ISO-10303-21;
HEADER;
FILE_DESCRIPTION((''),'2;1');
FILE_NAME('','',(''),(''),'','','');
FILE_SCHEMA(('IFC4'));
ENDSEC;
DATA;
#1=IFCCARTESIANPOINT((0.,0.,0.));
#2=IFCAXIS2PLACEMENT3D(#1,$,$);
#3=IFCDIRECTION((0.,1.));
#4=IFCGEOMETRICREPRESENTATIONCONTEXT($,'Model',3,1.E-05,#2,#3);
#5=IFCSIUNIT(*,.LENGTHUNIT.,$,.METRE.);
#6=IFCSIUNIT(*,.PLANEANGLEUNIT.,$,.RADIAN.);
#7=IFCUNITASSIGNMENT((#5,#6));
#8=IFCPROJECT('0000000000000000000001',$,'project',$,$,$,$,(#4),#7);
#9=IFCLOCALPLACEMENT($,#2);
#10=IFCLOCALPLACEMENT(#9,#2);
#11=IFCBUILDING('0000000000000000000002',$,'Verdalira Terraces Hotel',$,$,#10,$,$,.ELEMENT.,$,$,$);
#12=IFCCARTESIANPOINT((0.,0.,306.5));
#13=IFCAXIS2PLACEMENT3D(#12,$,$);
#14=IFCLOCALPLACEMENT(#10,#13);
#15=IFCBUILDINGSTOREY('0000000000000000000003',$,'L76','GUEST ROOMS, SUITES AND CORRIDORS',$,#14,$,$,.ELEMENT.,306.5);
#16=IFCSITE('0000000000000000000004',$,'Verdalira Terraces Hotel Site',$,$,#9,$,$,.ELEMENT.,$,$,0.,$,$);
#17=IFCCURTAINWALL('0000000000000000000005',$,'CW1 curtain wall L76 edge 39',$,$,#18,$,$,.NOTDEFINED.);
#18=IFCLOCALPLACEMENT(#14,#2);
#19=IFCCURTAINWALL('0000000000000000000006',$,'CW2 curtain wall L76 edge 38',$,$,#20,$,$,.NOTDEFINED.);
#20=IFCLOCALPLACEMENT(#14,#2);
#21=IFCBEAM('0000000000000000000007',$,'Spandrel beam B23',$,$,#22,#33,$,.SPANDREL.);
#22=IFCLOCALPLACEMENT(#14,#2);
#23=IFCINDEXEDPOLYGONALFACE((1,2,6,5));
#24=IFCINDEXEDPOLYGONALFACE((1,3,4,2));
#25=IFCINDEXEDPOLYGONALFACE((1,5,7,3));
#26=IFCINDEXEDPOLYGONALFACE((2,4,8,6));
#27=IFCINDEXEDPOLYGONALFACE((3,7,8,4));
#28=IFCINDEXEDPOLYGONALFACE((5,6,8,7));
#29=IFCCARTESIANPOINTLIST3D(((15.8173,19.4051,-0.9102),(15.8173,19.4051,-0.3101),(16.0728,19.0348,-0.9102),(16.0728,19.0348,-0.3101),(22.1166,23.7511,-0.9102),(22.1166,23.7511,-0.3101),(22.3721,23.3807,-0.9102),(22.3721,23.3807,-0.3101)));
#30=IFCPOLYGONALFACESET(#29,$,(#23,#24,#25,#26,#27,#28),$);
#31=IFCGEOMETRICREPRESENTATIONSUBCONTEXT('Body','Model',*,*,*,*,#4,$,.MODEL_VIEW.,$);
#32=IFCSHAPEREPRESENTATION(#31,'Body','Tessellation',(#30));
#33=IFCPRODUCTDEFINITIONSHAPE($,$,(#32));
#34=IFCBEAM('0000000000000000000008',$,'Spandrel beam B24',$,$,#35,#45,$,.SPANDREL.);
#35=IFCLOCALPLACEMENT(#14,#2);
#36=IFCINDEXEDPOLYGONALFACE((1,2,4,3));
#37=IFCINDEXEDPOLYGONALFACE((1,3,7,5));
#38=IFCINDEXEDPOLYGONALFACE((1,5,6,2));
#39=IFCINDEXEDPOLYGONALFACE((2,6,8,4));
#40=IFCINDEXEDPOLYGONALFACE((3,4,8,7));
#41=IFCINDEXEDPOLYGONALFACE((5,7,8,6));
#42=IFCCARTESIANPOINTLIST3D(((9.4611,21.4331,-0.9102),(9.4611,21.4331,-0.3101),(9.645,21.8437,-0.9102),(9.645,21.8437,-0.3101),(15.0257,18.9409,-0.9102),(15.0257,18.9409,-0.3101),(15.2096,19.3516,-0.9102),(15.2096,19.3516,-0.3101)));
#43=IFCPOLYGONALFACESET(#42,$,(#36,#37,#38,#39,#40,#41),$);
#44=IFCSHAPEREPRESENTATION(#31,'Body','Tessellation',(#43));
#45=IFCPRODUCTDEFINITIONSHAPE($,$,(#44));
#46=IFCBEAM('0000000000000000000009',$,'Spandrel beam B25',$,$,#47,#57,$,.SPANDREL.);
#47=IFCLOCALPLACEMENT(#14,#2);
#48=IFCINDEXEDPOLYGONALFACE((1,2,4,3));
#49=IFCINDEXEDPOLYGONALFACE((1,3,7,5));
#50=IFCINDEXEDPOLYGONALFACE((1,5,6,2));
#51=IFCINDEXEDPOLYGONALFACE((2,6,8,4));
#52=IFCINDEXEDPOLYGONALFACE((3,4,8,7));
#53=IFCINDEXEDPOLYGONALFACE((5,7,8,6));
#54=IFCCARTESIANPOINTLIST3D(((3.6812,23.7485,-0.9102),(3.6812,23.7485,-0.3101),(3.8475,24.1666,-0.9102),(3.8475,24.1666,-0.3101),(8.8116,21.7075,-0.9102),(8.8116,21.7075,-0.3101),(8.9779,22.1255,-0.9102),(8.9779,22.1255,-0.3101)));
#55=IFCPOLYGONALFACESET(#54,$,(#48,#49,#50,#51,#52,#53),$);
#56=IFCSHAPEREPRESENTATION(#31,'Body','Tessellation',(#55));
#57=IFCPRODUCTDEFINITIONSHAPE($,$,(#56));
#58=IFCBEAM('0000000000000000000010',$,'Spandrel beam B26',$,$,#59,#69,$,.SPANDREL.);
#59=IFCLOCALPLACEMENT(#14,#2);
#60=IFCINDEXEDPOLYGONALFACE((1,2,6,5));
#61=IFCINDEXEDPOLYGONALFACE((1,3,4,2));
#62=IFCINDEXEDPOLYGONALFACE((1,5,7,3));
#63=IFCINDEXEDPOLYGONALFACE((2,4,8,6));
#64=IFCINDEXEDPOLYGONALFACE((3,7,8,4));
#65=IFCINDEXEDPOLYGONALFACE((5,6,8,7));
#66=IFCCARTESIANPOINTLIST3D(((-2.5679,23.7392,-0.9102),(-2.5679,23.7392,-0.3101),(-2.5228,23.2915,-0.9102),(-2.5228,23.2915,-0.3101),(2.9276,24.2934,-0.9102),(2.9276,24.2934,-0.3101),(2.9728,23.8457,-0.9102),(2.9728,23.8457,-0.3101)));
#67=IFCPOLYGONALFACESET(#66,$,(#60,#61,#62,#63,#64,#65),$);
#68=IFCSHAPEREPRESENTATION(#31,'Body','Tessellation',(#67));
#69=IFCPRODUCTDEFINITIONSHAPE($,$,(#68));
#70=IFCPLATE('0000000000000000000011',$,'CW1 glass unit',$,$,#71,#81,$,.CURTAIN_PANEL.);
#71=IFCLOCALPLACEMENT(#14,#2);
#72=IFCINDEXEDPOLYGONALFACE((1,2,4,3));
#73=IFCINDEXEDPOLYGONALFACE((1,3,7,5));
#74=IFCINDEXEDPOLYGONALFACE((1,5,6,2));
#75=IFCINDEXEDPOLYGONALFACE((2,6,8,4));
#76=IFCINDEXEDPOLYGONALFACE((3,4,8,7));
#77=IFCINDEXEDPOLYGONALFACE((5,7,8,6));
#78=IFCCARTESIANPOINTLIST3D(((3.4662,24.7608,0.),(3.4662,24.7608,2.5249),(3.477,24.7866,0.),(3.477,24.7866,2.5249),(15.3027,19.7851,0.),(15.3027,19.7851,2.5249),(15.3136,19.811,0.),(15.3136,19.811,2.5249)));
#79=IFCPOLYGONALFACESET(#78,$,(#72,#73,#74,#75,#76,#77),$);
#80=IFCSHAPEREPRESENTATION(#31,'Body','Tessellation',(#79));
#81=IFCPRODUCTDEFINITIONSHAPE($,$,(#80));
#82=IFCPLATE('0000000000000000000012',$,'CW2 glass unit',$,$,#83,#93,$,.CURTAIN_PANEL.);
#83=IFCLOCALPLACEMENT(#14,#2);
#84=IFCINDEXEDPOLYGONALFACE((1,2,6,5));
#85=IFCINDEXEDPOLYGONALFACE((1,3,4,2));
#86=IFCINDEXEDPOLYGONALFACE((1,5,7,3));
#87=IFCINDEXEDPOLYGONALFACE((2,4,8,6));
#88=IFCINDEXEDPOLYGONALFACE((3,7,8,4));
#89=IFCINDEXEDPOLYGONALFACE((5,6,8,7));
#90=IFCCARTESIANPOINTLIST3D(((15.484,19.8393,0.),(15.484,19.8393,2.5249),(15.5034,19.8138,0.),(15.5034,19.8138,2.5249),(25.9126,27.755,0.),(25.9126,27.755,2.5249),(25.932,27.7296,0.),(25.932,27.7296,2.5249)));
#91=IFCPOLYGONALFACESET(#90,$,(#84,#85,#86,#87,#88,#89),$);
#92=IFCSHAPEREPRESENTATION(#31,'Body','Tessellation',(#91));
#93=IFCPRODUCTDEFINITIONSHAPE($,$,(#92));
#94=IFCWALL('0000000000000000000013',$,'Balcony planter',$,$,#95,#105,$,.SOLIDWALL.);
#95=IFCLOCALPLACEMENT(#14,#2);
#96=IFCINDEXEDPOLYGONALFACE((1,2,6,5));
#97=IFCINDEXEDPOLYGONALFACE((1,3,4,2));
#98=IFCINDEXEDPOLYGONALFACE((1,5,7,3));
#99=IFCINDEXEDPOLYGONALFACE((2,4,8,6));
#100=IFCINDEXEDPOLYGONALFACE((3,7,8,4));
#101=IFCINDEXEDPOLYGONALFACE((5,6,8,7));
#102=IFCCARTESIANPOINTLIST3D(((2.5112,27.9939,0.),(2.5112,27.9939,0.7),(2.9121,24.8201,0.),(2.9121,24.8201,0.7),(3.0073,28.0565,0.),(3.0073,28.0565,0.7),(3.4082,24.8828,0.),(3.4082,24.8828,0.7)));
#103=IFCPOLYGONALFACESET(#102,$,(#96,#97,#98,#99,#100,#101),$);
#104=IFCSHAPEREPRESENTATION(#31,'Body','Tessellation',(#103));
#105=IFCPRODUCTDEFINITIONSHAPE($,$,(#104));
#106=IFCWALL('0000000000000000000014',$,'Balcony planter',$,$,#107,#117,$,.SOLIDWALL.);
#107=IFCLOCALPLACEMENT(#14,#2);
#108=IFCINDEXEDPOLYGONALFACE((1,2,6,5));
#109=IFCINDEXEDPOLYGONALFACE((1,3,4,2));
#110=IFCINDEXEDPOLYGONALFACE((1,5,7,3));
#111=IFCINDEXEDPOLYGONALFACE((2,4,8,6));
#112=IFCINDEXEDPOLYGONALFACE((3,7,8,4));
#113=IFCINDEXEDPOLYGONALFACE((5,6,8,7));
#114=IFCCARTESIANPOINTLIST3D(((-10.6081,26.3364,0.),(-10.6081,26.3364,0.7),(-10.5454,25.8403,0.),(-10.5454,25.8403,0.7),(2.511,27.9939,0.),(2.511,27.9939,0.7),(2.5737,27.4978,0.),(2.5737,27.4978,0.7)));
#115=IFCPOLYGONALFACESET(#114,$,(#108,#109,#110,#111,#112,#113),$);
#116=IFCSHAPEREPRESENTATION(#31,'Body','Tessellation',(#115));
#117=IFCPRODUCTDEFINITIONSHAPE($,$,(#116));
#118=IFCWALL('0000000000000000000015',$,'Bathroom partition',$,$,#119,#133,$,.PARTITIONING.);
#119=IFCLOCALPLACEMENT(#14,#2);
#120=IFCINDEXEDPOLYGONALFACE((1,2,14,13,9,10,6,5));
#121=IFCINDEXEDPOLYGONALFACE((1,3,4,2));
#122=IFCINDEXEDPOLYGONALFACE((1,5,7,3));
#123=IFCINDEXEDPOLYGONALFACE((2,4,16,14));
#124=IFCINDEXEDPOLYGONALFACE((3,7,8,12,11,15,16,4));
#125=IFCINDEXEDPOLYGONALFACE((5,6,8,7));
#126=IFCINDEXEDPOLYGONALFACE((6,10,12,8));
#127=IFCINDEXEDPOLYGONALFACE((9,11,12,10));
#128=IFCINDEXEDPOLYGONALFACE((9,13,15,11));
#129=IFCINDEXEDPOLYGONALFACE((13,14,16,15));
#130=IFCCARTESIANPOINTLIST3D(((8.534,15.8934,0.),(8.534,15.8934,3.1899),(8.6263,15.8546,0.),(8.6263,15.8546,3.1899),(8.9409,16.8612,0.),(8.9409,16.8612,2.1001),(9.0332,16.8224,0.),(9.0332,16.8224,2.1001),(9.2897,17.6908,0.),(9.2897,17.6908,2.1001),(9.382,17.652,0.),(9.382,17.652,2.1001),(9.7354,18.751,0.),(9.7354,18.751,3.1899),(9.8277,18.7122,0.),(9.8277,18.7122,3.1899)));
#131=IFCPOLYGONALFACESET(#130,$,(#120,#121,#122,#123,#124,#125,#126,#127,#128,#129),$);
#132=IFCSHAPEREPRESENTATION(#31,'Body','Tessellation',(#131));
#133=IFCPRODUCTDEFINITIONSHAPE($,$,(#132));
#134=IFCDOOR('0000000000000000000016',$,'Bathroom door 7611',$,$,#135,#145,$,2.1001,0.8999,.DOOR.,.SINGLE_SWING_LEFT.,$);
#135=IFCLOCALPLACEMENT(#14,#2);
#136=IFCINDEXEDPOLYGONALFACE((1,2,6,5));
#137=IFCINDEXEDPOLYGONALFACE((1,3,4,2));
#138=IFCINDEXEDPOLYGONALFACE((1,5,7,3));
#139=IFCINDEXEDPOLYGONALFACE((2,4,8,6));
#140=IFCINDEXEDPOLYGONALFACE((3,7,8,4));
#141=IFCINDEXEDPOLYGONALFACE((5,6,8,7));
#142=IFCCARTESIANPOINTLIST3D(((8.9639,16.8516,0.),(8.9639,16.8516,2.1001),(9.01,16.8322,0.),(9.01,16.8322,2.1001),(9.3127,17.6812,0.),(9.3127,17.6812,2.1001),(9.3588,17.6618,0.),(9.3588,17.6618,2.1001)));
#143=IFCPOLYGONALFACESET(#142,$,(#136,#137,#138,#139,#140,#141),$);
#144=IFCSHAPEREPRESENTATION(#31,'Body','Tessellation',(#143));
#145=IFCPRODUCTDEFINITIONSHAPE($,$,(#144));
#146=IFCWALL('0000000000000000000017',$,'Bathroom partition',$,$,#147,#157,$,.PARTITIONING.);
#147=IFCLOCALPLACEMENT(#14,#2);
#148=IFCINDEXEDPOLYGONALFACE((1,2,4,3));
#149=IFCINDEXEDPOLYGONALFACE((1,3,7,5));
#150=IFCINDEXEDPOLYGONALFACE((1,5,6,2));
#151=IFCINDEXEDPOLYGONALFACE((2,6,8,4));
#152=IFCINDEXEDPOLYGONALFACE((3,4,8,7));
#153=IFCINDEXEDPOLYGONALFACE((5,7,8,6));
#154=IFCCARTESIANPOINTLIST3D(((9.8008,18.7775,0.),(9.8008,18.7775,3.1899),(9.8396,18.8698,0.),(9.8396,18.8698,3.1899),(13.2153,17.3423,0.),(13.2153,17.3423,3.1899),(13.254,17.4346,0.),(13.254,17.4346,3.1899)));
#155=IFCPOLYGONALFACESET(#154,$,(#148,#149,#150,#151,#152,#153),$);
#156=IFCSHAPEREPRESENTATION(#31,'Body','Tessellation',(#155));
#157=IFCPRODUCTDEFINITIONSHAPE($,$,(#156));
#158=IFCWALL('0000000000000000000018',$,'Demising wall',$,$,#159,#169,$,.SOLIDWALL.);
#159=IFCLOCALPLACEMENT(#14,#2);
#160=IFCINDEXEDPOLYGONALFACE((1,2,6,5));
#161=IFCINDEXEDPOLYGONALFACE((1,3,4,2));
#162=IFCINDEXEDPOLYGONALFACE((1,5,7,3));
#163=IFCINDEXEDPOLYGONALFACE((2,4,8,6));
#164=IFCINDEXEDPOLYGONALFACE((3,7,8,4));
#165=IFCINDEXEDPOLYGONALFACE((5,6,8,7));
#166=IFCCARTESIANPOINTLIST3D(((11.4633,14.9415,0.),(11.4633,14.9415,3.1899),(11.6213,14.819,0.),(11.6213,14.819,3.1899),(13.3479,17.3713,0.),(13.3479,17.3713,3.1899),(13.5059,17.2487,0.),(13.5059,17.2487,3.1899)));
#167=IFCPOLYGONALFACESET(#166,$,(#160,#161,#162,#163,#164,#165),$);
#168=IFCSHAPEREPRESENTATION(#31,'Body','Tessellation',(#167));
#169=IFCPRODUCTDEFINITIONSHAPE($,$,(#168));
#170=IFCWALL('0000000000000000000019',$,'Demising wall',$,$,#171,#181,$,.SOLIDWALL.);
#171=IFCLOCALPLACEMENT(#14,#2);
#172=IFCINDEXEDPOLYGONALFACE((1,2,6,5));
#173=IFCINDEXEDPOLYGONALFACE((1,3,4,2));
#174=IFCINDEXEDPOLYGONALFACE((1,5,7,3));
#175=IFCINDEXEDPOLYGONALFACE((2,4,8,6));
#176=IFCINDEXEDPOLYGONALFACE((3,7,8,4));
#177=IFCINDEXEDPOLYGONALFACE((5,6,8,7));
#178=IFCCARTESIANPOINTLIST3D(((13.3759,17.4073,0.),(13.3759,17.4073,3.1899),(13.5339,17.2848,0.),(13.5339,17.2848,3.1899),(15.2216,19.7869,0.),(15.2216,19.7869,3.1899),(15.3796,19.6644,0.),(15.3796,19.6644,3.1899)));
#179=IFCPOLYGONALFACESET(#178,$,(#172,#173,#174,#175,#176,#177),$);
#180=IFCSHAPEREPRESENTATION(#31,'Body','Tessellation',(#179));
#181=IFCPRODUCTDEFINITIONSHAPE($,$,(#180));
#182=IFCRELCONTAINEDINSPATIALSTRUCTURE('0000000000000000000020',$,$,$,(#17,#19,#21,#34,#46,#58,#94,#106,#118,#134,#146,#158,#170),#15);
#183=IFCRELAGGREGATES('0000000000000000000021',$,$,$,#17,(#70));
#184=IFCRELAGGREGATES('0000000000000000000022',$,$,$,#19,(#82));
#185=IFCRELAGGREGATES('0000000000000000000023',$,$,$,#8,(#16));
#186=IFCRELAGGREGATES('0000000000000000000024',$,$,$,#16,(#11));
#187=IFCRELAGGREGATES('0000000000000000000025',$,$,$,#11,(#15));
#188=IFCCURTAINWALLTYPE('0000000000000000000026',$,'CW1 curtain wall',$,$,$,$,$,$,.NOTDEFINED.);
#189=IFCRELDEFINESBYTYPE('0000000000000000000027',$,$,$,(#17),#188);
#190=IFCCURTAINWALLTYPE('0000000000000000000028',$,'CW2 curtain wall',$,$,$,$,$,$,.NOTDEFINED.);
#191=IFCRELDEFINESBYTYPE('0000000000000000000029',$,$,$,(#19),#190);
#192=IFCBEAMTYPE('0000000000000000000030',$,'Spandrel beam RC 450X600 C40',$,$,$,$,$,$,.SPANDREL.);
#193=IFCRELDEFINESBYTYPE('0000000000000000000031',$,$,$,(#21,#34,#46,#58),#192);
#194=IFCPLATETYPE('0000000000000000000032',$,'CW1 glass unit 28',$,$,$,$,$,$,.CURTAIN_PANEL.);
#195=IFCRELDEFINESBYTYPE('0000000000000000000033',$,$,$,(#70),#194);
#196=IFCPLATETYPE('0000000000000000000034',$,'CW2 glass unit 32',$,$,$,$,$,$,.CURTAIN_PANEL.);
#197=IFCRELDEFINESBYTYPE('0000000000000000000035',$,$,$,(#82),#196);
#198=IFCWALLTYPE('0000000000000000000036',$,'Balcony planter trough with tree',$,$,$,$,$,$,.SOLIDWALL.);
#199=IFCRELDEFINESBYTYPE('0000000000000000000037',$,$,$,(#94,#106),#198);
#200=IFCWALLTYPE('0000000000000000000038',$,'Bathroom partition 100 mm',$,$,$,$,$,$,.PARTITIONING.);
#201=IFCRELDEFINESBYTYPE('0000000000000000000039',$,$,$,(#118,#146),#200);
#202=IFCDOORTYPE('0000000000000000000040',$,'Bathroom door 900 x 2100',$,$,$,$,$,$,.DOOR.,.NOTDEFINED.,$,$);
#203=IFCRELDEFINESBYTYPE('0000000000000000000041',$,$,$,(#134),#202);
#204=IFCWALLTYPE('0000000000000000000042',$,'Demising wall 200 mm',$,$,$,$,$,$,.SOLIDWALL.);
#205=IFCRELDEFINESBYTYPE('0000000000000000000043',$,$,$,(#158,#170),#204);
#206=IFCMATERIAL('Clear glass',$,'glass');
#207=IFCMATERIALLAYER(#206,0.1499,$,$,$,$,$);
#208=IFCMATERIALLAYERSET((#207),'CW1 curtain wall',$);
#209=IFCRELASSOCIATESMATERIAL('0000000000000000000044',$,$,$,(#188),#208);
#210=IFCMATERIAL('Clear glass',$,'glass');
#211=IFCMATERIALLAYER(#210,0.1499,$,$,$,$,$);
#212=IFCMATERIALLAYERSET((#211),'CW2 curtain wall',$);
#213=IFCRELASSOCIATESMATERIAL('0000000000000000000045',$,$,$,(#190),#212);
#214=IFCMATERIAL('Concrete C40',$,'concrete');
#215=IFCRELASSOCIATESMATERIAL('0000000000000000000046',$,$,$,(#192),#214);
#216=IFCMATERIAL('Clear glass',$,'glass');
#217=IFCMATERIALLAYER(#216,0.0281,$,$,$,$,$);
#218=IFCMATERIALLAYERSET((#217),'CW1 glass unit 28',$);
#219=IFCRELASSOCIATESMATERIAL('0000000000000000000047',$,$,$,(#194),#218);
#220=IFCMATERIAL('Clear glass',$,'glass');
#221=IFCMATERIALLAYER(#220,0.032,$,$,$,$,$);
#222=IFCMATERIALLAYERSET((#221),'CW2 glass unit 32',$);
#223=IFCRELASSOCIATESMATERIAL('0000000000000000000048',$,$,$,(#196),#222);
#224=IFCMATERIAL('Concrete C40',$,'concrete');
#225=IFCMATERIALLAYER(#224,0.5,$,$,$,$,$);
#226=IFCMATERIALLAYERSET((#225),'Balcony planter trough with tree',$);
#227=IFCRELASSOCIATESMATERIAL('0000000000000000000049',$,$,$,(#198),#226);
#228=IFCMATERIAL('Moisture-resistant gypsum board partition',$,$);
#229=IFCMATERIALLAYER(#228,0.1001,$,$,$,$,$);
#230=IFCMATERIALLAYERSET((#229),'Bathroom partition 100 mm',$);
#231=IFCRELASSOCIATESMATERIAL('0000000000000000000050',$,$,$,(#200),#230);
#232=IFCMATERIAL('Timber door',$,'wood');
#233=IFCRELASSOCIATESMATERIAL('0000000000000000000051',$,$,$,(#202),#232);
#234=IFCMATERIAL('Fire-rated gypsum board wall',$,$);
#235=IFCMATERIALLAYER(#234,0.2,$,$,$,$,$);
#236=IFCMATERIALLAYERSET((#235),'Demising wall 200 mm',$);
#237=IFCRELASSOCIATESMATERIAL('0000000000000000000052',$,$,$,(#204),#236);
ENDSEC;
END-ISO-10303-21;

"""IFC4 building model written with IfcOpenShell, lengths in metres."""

from ifc_helpers import new_model, si_unit, direction, frame, frame_2d, origin, origin_2d, place, context, subcontext, project, spatial, rectangle, extrude, material, layer, layer_set, material_profile, profile_set, type_object, element, fill, aggregate, save


model = new_model("IFC4")

# Units and contexts
model_context = context("Model", 3, precision=1e-05, world=origin(), true_north=direction((0.0, 1.0)))
body_context = subcontext(model_context, "Body", "Model", "MODEL_VIEW")
ifc_project = project(units=[si_unit("LENGTHUNIT", "METRE"), si_unit("PLANEANGLEUNIT", "RADIAN")], contexts=[model_context])

# Site, building, storey
site_placement = place(None, origin())
site = spatial("IfcSite", under=ifc_project, at=site_placement, Name="Verdalira Terraces Hotel Site", CompositionType="ELEMENT", RefElevation=0.0)
building_placement = place(site_placement, origin())
building = spatial("IfcBuilding", under=site, at=building_placement, Name="Verdalira Terraces Hotel", CompositionType="ELEMENT")
storey_placement = place(building_placement, frame((0.0, 0.0, 306.5)))
storey = spatial("IfcBuildingStorey", under=building, at=storey_placement, Name="L76", Description="GUEST ROOMS, SUITES AND CORRIDORS", CompositionType="ELEMENT", Elevation=306.5)

# Curtain wall
ifc_material_1 = material(Name="Clear glass", Category="glass")
ifc_layer_1 = layer(ifc_material_1, 0.1499)
ifc_layer_set_1 = layer_set([ifc_layer_1], Name="CW1 curtain wall")
curtain_wall_type_1 = type_object("IfcCurtainWallType", Name="CW1 curtain wall", PredefinedType="NOTDEFINED", material=ifc_layer_set_1)
curtain_wall_1_placement = place(storey_placement, origin())
curtain_wall_1 = element("IfcCurtainWall", 1, at=curtain_wall_1_placement, inside=storey, type_object=curtain_wall_type_1, Name="CW1 curtain wall L76 edge 39", PredefinedType="NOTDEFINED")

# Curtain wall
ifc_material_2 = material(Name="Clear glass", Category="glass")
ifc_layer_2 = layer(ifc_material_2, 0.1499)
ifc_layer_set_2 = layer_set([ifc_layer_2], Name="CW2 curtain wall")
curtain_wall_type_2 = type_object("IfcCurtainWallType", Name="CW2 curtain wall", PredefinedType="NOTDEFINED", material=ifc_layer_set_2)
curtain_wall_2_placement = place(storey_placement, origin())
curtain_wall_2 = element("IfcCurtainWall", 2, at=curtain_wall_2_placement, inside=storey, type_object=curtain_wall_type_2, Name="CW2 curtain wall L76 edge 38", PredefinedType="NOTDEFINED")

# Beams
ifc_material_3 = material(Name="Concrete C40", Category="concrete")
ifc_material_profile_1 = material_profile(ifc_material_3, rectangle(XDim=0.45, YDim=0.6001, at=origin_2d()), Name="RC 450X600")
ifc_profile_set_1 = profile_set([ifc_material_profile_1], Name="Concrete C40")
beam_type_1 = type_object("IfcBeamType", Name="Spandrel beam RC 450X600 C40", PredefinedType="SPANDREL", material=ifc_profile_set_1)
beam_1_placement = place(storey_placement, frame((22.2444, 23.5659, -0.6101), z_axis=(-0.823116, -0.567874, 0.0), x_axis=(0.567874, -0.823116, 0.0)))
element("IfcBeam", 3, at=beam_1_placement, inside=storey, type_object=beam_type_1, Name="Spandrel beam B23", PredefinedType="SPANDREL", context=body_context, shape_type="SweptSolid", body=[
    extrude(rectangle(XDim=0.45, YDim=0.6001, at=origin_2d()), origin(), (0.0, 0.0, 1.0), 7.6531),
])
beam_2_placement = place(storey_placement, frame((15.1177, 19.1462, -0.6101), z_axis=(-0.912652, 0.408737, 0.0), x_axis=(-0.408737, -0.912652, 0.0)))
element("IfcBeam", 4, at=beam_2_placement, inside=storey, type_object=beam_type_1, Name="Spandrel beam B24", PredefinedType="SPANDREL", context=body_context, shape_type="SweptSolid", body=[
    extrude(rectangle(XDim=0.45, YDim=0.6001, at=origin_2d()), origin(), (0.0, 0.0, 1.0), 6.0972),
])
beam_3_placement = place(storey_placement, frame((8.8948, 21.9165, -0.6101), z_axis=(-0.92917, 0.369652, 0.0), x_axis=(-0.369652, -0.92917, 0.0)))
element("IfcBeam", 5, at=beam_3_placement, inside=storey, type_object=beam_type_1, Name="Spandrel beam B25", PredefinedType="SPANDREL", context=body_context, shape_type="SweptSolid", body=[
    extrude(rectangle(XDim=0.45, YDim=0.6001, at=origin_2d()), origin(), (0.0, 0.0, 1.0), 5.5215),
])
beam_4_placement = place(storey_placement, frame((2.9502, 24.0696, -0.6101), z_axis=(-0.994954, -0.100335, 0.0), x_axis=(0.100335, -0.994954, 0.0)))
element("IfcBeam", 6, at=beam_4_placement, inside=storey, type_object=beam_type_1, Name="Spandrel beam B26", PredefinedType="SPANDREL", context=body_context, shape_type="SweptSolid", body=[
    extrude(rectangle(XDim=0.45, YDim=0.6001, at=origin_2d()), origin(), (0.0, 0.0, 1.0), 5.5234),
])

# Plates
ifc_material_4 = material(Name="Clear glass", Category="glass")
ifc_layer_3 = layer(ifc_material_4, 0.0281)
ifc_layer_set_3 = layer_set([ifc_layer_3], Name="CW1 glass unit 28")
plate_type_1 = type_object("IfcPlateType", Name="CW1 glass unit 28", PredefinedType="CURTAIN_PANEL", material=ifc_layer_set_3)
plate_1_placement = place(storey_placement, frame((9.3899, 22.2859, 0.0), z_axis=(0.0, 0.0, 1.0), x_axis=(-0.921863, 0.387516, 0.0)))
plate_1 = element("IfcPlate", 7, at=plate_1_placement, type_object=plate_type_1, Name="CW1 glass unit", PredefinedType="CURTAIN_PANEL", context=body_context, shape_type="SweptSolid", body=[
    extrude(rectangle(XDim=12.8398, YDim=0.0281, at=origin_2d()), origin(), (0.0, 0.0, 1.0), 2.5249),
])
aggregate(curtain_wall_1, [plate_1])
ifc_material_5 = material(Name="Clear glass", Category="glass")
ifc_layer_4 = layer(ifc_material_5, 0.032)
ifc_layer_set_4 = layer_set([ifc_layer_4], Name="CW2 glass unit 32")
plate_type_2 = type_object("IfcPlateType", Name="CW2 glass unit 32", PredefinedType="CURTAIN_PANEL", material=ifc_layer_set_4)
plate_2_placement = place(storey_placement, frame((20.708, 23.7844, 0.0), z_axis=(0.0, 0.0, 1.0), x_axis=(-0.79653, -0.604599, 0.0)))
plate_2 = element("IfcPlate", 8, at=plate_2_placement, type_object=plate_type_2, Name="CW2 glass unit", PredefinedType="CURTAIN_PANEL", context=body_context, shape_type="SweptSolid", body=[
    extrude(rectangle(XDim=13.0925, YDim=0.032, at=origin_2d()), origin(), (0.0, 0.0, 1.0), 2.5249),
])
aggregate(curtain_wall_2, [plate_2])

# Walls
ifc_material_6 = material(Name="Concrete C40", Category="concrete")
ifc_layer_5 = layer(ifc_material_6, 0.5)
ifc_layer_set_5 = layer_set([ifc_layer_5], Name="Balcony planter trough with tree")
wall_type_1 = type_object("IfcWallType", Name="Balcony planter trough with tree", PredefinedType="SOLIDWALL", material=ifc_layer_set_5)
wall_1_placement = place(storey_placement, frame((3.1602, 24.8513, 0.0), z_axis=(0.0, 0.0, 1.0), x_axis=(-0.125312, 0.992117, 0.0)))
element("IfcWall", 9, at=wall_1_placement, inside=storey, type_object=wall_type_1, Name="Balcony planter", PredefinedType="SOLIDWALL", context=body_context, shape_type="SweptSolid", body=[
    extrude(rectangle(XDim=3.199, YDim=0.5, at=frame_2d((1.5996, 0.0))), origin(), (0.0, 0.0, 1.0), 0.7),
])
wall_2_placement = place(storey_placement, frame((2.5425, 27.7459, 0.0), z_axis=(0.0, 0.0, 1.0), x_axis=(-0.992113, -0.125343, 0.0)))
element("IfcWall", 10, at=wall_2_placement, inside=storey, type_object=wall_type_1, Name="Balcony planter", PredefinedType="SOLIDWALL", context=body_context, shape_type="SweptSolid", body=[
    extrude(rectangle(XDim=13.2234, YDim=0.5, at=frame_2d((6.6118, 0.0))), origin(), (0.0, 0.0, 1.0), 0.7),
])

# Wall, opening, door
ifc_material_7 = material(Name="Moisture-resistant gypsum board partition")
ifc_layer_6 = layer(ifc_material_7, 0.1001)
ifc_layer_set_6 = layer_set([ifc_layer_6], Name="Bathroom partition 100 mm")
wall_type_2 = type_object("IfcWallType", Name="Bathroom partition 100 mm", PredefinedType="PARTITIONING", material=ifc_layer_set_6)
wall_3_placement = place(storey_placement, frame((9.7815, 18.7314, 0.0), z_axis=(0.0, 0.0, 1.0), x_axis=(-0.38756, -0.921844, 0.0)))
wall_3 = element("IfcWall", 11, at=wall_3_placement, inside=storey, type_object=wall_type_2, Name="Bathroom partition", PredefinedType="PARTITIONING", context=body_context, shape_type="SweptSolid", body=[
    extrude(rectangle(XDim=3.0999, YDim=0.1001, at=frame_2d((1.5498, 0.0))), origin(), (0.0, 0.0, 1.0), 3.1899),
])
opening_1_placement = place(wall_3_placement, frame((1.1499, 0.0, 0.0)))
opening_1 = element("IfcOpeningElement", 12, at=opening_1_placement, cuts=wall_3, PredefinedType="OPENING", context=body_context, shape_type="SweptSolid", body=[
    extrude(rectangle(XDim=0.8999, YDim=2.1001, at=frame_2d((0.45, 1.05))), frame((0.0, 0.0601, 0.0), z_axis=(0.0, -1.0, 0.0), x_axis=(1.0, 0.0, 0.0)), (0.0, 0.0, 1.0), 0.1201),
])
ifc_material_8 = material(Name="Timber door", Category="wood")
door_type_1 = type_object("IfcDoorType", Name="Bathroom door 900 x 2100", OperationType="NOTDEFINED", PredefinedType="DOOR", material=ifc_material_8)
door_1_placement = place(opening_1_placement, origin())
door_1 = element("IfcDoor", 13, at=door_1_placement, inside=storey, type_object=door_type_1, Name="Bathroom door 7611", OperationType="SINGLE_SWING_LEFT", OverallHeight=2.1001, OverallWidth=0.8999, PredefinedType="DOOR", context=body_context, shape_type="SweptSolid", body=[
    extrude(rectangle(XDim=0.8999, YDim=2.1001, at=frame_2d((0.45, 1.05))), frame((0.0, 0.0249, 0.0), z_axis=(0.0, -1.0, 0.0), x_axis=(1.0, 0.0, 0.0)), (0.0, 0.0, 1.0), 0.05),
])
fill(opening_1, door_1)

# Walls
wall_4_placement = place(storey_placement, frame((9.8201, 18.8237, 0.0), z_axis=(0.0, 0.0, 1.0), x_axis=(0.921867, -0.387506, 0.0)))
element("IfcWall", 14, at=wall_4_placement, inside=storey, type_object=wall_type_2, Name="Bathroom partition", PredefinedType="PARTITIONING", context=body_context, shape_type="SweptSolid", body=[
    extrude(rectangle(XDim=3.7039, YDim=0.1001, at=frame_2d((1.8521, 0.0))), origin(), (0.0, 0.0, 1.0), 3.1899),
])
ifc_material_9 = material(Name="Fire-rated gypsum board wall")
ifc_layer_7 = layer(ifc_material_9, 0.2)
ifc_layer_set_7 = layer_set([ifc_layer_7], Name="Demising wall 200 mm")
wall_type_3 = type_object("IfcWallType", Name="Demising wall 200 mm", PredefinedType="SOLIDWALL", material=ifc_layer_set_7)
wall_5_placement = place(storey_placement, frame((11.5422, 14.8801, 0.0), z_axis=(0.0, 0.0, 1.0), x_axis=(0.612879, 0.790177, 0.0)))
element("IfcWall", 15, at=wall_5_placement, inside=storey, type_object=wall_type_3, Name="Demising wall", PredefinedType="SOLIDWALL", context=body_context, shape_type="SweptSolid", body=[
    extrude(rectangle(XDim=3.075, YDim=0.2, at=frame_2d((1.5376, 0.0))), origin(), (0.0, 0.0, 1.0), 3.1899),
])
wall_6_placement = place(storey_placement, frame((13.4548, 17.3459, 0.0), z_axis=(0.0, 0.0, 1.0), x_axis=(0.612879, 0.790177, 0.0)))
element("IfcWall", 16, at=wall_6_placement, inside=storey, type_object=wall_type_3, Name="Demising wall", PredefinedType="SOLIDWALL", context=body_context, shape_type="SweptSolid", body=[
    extrude(rectangle(XDim=3.0115, YDim=0.2, at=frame_2d((1.5059, 0.0))), origin(), (0.0, 0.0, 1.0), 3.1899),
])

save(model, "model.ifc")
